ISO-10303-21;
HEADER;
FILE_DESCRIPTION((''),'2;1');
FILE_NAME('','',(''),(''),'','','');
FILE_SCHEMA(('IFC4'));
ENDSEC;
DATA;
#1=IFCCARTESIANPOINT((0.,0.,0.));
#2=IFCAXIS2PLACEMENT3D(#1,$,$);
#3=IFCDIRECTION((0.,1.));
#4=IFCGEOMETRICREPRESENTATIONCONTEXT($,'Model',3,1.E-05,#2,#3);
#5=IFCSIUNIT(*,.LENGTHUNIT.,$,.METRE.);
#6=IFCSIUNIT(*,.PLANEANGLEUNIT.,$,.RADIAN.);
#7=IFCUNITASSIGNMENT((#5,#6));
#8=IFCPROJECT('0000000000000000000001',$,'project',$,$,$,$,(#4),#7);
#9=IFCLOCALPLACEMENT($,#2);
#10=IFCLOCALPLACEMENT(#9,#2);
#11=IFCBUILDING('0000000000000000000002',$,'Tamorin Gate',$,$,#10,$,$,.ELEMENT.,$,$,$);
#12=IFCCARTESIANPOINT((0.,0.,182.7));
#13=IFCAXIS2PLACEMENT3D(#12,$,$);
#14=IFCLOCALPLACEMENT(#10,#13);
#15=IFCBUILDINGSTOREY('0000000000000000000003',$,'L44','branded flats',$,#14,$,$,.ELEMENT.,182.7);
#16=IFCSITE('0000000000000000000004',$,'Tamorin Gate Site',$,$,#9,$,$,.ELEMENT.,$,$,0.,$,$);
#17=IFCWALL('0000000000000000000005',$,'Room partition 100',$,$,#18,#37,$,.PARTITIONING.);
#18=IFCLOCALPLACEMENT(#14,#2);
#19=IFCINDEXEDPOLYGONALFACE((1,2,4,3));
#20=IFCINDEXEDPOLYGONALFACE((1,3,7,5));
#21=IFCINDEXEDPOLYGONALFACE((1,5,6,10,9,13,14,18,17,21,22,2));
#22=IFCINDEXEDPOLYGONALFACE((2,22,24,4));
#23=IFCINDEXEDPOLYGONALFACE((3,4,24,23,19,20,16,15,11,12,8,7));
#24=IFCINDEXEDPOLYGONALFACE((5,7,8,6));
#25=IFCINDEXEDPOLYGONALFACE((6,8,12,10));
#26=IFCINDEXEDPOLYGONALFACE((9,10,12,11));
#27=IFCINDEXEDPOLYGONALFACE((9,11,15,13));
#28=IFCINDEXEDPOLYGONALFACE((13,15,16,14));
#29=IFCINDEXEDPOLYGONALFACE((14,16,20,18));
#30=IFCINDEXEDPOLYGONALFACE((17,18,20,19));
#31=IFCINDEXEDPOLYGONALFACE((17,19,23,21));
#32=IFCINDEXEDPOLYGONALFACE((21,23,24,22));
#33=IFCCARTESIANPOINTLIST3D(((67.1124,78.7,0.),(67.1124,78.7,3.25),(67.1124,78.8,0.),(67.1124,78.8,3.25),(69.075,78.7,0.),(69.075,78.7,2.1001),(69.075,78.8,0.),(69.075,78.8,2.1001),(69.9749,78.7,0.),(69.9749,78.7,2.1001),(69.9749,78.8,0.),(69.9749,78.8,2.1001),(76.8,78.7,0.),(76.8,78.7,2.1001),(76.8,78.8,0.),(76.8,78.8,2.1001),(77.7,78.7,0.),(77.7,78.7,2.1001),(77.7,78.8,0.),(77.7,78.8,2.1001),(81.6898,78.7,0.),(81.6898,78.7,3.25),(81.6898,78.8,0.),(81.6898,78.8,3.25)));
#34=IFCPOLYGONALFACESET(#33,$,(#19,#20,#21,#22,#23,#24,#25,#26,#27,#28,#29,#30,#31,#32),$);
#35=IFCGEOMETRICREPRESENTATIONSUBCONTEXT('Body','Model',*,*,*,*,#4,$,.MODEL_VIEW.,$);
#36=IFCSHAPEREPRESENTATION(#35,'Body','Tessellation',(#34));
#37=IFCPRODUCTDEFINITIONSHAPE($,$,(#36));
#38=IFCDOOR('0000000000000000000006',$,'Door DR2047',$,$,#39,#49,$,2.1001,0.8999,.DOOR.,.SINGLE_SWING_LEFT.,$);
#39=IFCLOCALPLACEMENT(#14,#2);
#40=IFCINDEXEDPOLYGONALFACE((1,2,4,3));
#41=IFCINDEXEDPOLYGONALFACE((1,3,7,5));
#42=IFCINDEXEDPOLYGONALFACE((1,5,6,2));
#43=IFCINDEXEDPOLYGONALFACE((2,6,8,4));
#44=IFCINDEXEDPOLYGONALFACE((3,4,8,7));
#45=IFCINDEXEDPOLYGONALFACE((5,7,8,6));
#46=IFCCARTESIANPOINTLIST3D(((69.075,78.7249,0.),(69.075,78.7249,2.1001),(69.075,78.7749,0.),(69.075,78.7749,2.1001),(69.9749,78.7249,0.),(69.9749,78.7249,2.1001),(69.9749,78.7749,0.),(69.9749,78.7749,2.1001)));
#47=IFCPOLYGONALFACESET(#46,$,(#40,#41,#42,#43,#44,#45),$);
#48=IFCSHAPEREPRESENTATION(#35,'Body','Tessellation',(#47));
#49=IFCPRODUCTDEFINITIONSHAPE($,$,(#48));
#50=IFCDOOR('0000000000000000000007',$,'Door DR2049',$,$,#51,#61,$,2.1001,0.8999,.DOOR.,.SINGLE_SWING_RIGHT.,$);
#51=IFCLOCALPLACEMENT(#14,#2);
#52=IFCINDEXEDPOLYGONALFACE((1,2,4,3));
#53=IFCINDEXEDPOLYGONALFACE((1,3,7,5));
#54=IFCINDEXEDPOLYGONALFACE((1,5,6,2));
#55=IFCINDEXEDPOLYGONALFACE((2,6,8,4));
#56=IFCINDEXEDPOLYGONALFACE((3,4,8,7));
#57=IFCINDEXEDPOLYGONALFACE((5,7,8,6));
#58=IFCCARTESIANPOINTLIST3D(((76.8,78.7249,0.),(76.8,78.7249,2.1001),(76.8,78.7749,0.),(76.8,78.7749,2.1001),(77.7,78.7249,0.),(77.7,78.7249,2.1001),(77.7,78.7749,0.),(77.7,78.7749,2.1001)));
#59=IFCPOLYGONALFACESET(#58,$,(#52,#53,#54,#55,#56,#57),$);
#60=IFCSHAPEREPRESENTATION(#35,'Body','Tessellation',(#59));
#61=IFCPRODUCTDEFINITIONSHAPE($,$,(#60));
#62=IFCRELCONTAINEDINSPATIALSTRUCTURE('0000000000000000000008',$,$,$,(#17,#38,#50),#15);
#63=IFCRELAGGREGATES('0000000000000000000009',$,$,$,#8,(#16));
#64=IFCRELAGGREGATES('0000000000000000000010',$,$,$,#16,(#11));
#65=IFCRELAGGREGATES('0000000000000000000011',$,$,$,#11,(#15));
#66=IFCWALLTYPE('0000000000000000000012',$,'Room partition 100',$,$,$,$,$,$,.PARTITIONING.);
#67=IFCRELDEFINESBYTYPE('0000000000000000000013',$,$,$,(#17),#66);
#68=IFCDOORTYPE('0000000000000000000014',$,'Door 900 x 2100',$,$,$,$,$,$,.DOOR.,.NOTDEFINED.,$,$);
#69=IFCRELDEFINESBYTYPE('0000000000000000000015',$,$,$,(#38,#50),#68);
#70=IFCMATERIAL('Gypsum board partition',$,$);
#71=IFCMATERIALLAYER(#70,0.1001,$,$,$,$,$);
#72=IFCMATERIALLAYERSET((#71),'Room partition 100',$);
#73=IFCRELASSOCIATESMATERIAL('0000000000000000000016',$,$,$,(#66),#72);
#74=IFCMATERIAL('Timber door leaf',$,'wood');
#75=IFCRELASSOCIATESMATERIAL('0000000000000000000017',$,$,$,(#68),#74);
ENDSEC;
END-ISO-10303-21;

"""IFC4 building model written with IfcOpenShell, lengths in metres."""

from ifc_helpers import new_model, si_unit, direction, frame, frame_2d, origin, place, context, subcontext, project, spatial, rectangle, extrude, material, layer, layer_set, type_object, element, fill, save


model = new_model("IFC4")

# Units and contexts
model_context = context("Model", 3, precision=1e-05, world=origin(), true_north=direction((0.0, 1.0)))
body_context = subcontext(model_context, "Body", "Model", "MODEL_VIEW")
ifc_project = project(units=[si_unit("LENGTHUNIT", "METRE"), si_unit("PLANEANGLEUNIT", "RADIAN")], contexts=[model_context])

# Site, building, storey
site_placement = place(None, origin())
site = spatial("IfcSite", under=ifc_project, at=site_placement, Name="Tamorin Gate Site", CompositionType="ELEMENT", RefElevation=0.0)
building_placement = place(site_placement, origin())
building = spatial("IfcBuilding", under=site, at=building_placement, Name="Tamorin Gate", CompositionType="ELEMENT")
storey_placement = place(building_placement, frame((0.0, 0.0, 182.7)))
storey = spatial("IfcBuildingStorey", under=building, at=storey_placement, Name="L44", Description="branded flats", CompositionType="ELEMENT", Elevation=182.7)

# Shared definitions
ifc_material_1 = material(Name="Gypsum board partition")
ifc_layer_1 = layer(ifc_material_1, 0.1001)
ifc_layer_set_1 = layer_set([ifc_layer_1], Name="Room partition 100")
wall_type_1 = type_object("IfcWallType", Name="Room partition 100", PredefinedType="PARTITIONING", material=ifc_layer_set_1)
ifc_material_2 = material(Name="Timber door leaf", Category="wood")
door_type = type_object("IfcDoorType", Name="Door 900 x 2100", OperationType="NOTDEFINED", PredefinedType="DOOR", material=ifc_material_2)

# Wall, openings, doors
wall_1_placement = place(storey_placement, frame((67.1125, 78.75, 0.0), z_axis=(0.0, 0.0, 1.0), x_axis=(1.0, 0.0, 0.0)))
wall_1 = element("IfcWall", 1, at=wall_1_placement, inside=storey, type_object=wall_type_1, Name="Room partition 100", PredefinedType="PARTITIONING", context=body_context, shape_type="SweptSolid", body=[
    extrude(rectangle(XDim=14.5774, YDim=0.1001, at=frame_2d((7.2886, 0.0))), origin(), (0.0, 0.0, 1.0), 3.25),
])
opening_1_placement = place(wall_1_placement, frame((1.9624, 0.0, 0.0)))
opening_1 = element("IfcOpeningElement", 2, at=opening_1_placement, cuts=wall_1, PredefinedType="OPENING", context=body_context, shape_type="SweptSolid", body=[
    extrude(rectangle(XDim=0.8999, YDim=2.1001, at=frame_2d((0.45, 1.05))), frame((0.0, 0.0601, 0.0), z_axis=(0.0, -1.0, 0.0), x_axis=(1.0, 0.0, 0.0)), (0.0, 0.0, 1.0), 0.1201),
])
opening_2_placement = place(wall_1_placement, frame((9.6875, 0.0, 0.0)))
opening_2 = element("IfcOpeningElement", 3, at=opening_2_placement, cuts=wall_1, PredefinedType="OPENING", context=body_context, shape_type="SweptSolid", body=[
    extrude(rectangle(XDim=0.8999, YDim=2.1001, at=frame_2d((0.45, 1.05))), frame((0.0, 0.0601, 0.0), z_axis=(0.0, -1.0, 0.0), x_axis=(1.0, 0.0, 0.0)), (0.0, 0.0, 1.0), 0.1201),
])
door_1_placement = place(opening_1_placement, origin())
door_1 = element("IfcDoor", 4, at=door_1_placement, inside=storey, type_object=door_type, Name="Door DR2047", OperationType="SINGLE_SWING_LEFT", OverallHeight=2.1001, OverallWidth=0.8999, PredefinedType="DOOR", context=body_context, shape_type="SweptSolid", body=[
    extrude(rectangle(XDim=0.8999, YDim=2.1001, at=frame_2d((0.45, 1.05))), frame((0.0, 0.0249, 0.0), z_axis=(0.0, -1.0, 0.0), x_axis=(1.0, 0.0, 0.0)), (0.0, 0.0, 1.0), 0.05),
])
fill(opening_1, door_1)
door_2_placement = place(opening_2_placement, origin())
door_2 = element("IfcDoor", 5, at=door_2_placement, inside=storey, type_object=door_type, Name="Door DR2049", OperationType="SINGLE_SWING_RIGHT", OverallHeight=2.1001, OverallWidth=0.8999, PredefinedType="DOOR", context=body_context, shape_type="SweptSolid", body=[
    extrude(rectangle(XDim=0.8999, YDim=2.1001, at=frame_2d((0.45, 1.05))), frame((0.0, 0.0249, 0.0), z_axis=(0.0, -1.0, 0.0), x_axis=(1.0, 0.0, 0.0)), (0.0, 0.0, 1.0), 0.05),
])
fill(opening_2, door_2)

save(model, "model.ifc")
